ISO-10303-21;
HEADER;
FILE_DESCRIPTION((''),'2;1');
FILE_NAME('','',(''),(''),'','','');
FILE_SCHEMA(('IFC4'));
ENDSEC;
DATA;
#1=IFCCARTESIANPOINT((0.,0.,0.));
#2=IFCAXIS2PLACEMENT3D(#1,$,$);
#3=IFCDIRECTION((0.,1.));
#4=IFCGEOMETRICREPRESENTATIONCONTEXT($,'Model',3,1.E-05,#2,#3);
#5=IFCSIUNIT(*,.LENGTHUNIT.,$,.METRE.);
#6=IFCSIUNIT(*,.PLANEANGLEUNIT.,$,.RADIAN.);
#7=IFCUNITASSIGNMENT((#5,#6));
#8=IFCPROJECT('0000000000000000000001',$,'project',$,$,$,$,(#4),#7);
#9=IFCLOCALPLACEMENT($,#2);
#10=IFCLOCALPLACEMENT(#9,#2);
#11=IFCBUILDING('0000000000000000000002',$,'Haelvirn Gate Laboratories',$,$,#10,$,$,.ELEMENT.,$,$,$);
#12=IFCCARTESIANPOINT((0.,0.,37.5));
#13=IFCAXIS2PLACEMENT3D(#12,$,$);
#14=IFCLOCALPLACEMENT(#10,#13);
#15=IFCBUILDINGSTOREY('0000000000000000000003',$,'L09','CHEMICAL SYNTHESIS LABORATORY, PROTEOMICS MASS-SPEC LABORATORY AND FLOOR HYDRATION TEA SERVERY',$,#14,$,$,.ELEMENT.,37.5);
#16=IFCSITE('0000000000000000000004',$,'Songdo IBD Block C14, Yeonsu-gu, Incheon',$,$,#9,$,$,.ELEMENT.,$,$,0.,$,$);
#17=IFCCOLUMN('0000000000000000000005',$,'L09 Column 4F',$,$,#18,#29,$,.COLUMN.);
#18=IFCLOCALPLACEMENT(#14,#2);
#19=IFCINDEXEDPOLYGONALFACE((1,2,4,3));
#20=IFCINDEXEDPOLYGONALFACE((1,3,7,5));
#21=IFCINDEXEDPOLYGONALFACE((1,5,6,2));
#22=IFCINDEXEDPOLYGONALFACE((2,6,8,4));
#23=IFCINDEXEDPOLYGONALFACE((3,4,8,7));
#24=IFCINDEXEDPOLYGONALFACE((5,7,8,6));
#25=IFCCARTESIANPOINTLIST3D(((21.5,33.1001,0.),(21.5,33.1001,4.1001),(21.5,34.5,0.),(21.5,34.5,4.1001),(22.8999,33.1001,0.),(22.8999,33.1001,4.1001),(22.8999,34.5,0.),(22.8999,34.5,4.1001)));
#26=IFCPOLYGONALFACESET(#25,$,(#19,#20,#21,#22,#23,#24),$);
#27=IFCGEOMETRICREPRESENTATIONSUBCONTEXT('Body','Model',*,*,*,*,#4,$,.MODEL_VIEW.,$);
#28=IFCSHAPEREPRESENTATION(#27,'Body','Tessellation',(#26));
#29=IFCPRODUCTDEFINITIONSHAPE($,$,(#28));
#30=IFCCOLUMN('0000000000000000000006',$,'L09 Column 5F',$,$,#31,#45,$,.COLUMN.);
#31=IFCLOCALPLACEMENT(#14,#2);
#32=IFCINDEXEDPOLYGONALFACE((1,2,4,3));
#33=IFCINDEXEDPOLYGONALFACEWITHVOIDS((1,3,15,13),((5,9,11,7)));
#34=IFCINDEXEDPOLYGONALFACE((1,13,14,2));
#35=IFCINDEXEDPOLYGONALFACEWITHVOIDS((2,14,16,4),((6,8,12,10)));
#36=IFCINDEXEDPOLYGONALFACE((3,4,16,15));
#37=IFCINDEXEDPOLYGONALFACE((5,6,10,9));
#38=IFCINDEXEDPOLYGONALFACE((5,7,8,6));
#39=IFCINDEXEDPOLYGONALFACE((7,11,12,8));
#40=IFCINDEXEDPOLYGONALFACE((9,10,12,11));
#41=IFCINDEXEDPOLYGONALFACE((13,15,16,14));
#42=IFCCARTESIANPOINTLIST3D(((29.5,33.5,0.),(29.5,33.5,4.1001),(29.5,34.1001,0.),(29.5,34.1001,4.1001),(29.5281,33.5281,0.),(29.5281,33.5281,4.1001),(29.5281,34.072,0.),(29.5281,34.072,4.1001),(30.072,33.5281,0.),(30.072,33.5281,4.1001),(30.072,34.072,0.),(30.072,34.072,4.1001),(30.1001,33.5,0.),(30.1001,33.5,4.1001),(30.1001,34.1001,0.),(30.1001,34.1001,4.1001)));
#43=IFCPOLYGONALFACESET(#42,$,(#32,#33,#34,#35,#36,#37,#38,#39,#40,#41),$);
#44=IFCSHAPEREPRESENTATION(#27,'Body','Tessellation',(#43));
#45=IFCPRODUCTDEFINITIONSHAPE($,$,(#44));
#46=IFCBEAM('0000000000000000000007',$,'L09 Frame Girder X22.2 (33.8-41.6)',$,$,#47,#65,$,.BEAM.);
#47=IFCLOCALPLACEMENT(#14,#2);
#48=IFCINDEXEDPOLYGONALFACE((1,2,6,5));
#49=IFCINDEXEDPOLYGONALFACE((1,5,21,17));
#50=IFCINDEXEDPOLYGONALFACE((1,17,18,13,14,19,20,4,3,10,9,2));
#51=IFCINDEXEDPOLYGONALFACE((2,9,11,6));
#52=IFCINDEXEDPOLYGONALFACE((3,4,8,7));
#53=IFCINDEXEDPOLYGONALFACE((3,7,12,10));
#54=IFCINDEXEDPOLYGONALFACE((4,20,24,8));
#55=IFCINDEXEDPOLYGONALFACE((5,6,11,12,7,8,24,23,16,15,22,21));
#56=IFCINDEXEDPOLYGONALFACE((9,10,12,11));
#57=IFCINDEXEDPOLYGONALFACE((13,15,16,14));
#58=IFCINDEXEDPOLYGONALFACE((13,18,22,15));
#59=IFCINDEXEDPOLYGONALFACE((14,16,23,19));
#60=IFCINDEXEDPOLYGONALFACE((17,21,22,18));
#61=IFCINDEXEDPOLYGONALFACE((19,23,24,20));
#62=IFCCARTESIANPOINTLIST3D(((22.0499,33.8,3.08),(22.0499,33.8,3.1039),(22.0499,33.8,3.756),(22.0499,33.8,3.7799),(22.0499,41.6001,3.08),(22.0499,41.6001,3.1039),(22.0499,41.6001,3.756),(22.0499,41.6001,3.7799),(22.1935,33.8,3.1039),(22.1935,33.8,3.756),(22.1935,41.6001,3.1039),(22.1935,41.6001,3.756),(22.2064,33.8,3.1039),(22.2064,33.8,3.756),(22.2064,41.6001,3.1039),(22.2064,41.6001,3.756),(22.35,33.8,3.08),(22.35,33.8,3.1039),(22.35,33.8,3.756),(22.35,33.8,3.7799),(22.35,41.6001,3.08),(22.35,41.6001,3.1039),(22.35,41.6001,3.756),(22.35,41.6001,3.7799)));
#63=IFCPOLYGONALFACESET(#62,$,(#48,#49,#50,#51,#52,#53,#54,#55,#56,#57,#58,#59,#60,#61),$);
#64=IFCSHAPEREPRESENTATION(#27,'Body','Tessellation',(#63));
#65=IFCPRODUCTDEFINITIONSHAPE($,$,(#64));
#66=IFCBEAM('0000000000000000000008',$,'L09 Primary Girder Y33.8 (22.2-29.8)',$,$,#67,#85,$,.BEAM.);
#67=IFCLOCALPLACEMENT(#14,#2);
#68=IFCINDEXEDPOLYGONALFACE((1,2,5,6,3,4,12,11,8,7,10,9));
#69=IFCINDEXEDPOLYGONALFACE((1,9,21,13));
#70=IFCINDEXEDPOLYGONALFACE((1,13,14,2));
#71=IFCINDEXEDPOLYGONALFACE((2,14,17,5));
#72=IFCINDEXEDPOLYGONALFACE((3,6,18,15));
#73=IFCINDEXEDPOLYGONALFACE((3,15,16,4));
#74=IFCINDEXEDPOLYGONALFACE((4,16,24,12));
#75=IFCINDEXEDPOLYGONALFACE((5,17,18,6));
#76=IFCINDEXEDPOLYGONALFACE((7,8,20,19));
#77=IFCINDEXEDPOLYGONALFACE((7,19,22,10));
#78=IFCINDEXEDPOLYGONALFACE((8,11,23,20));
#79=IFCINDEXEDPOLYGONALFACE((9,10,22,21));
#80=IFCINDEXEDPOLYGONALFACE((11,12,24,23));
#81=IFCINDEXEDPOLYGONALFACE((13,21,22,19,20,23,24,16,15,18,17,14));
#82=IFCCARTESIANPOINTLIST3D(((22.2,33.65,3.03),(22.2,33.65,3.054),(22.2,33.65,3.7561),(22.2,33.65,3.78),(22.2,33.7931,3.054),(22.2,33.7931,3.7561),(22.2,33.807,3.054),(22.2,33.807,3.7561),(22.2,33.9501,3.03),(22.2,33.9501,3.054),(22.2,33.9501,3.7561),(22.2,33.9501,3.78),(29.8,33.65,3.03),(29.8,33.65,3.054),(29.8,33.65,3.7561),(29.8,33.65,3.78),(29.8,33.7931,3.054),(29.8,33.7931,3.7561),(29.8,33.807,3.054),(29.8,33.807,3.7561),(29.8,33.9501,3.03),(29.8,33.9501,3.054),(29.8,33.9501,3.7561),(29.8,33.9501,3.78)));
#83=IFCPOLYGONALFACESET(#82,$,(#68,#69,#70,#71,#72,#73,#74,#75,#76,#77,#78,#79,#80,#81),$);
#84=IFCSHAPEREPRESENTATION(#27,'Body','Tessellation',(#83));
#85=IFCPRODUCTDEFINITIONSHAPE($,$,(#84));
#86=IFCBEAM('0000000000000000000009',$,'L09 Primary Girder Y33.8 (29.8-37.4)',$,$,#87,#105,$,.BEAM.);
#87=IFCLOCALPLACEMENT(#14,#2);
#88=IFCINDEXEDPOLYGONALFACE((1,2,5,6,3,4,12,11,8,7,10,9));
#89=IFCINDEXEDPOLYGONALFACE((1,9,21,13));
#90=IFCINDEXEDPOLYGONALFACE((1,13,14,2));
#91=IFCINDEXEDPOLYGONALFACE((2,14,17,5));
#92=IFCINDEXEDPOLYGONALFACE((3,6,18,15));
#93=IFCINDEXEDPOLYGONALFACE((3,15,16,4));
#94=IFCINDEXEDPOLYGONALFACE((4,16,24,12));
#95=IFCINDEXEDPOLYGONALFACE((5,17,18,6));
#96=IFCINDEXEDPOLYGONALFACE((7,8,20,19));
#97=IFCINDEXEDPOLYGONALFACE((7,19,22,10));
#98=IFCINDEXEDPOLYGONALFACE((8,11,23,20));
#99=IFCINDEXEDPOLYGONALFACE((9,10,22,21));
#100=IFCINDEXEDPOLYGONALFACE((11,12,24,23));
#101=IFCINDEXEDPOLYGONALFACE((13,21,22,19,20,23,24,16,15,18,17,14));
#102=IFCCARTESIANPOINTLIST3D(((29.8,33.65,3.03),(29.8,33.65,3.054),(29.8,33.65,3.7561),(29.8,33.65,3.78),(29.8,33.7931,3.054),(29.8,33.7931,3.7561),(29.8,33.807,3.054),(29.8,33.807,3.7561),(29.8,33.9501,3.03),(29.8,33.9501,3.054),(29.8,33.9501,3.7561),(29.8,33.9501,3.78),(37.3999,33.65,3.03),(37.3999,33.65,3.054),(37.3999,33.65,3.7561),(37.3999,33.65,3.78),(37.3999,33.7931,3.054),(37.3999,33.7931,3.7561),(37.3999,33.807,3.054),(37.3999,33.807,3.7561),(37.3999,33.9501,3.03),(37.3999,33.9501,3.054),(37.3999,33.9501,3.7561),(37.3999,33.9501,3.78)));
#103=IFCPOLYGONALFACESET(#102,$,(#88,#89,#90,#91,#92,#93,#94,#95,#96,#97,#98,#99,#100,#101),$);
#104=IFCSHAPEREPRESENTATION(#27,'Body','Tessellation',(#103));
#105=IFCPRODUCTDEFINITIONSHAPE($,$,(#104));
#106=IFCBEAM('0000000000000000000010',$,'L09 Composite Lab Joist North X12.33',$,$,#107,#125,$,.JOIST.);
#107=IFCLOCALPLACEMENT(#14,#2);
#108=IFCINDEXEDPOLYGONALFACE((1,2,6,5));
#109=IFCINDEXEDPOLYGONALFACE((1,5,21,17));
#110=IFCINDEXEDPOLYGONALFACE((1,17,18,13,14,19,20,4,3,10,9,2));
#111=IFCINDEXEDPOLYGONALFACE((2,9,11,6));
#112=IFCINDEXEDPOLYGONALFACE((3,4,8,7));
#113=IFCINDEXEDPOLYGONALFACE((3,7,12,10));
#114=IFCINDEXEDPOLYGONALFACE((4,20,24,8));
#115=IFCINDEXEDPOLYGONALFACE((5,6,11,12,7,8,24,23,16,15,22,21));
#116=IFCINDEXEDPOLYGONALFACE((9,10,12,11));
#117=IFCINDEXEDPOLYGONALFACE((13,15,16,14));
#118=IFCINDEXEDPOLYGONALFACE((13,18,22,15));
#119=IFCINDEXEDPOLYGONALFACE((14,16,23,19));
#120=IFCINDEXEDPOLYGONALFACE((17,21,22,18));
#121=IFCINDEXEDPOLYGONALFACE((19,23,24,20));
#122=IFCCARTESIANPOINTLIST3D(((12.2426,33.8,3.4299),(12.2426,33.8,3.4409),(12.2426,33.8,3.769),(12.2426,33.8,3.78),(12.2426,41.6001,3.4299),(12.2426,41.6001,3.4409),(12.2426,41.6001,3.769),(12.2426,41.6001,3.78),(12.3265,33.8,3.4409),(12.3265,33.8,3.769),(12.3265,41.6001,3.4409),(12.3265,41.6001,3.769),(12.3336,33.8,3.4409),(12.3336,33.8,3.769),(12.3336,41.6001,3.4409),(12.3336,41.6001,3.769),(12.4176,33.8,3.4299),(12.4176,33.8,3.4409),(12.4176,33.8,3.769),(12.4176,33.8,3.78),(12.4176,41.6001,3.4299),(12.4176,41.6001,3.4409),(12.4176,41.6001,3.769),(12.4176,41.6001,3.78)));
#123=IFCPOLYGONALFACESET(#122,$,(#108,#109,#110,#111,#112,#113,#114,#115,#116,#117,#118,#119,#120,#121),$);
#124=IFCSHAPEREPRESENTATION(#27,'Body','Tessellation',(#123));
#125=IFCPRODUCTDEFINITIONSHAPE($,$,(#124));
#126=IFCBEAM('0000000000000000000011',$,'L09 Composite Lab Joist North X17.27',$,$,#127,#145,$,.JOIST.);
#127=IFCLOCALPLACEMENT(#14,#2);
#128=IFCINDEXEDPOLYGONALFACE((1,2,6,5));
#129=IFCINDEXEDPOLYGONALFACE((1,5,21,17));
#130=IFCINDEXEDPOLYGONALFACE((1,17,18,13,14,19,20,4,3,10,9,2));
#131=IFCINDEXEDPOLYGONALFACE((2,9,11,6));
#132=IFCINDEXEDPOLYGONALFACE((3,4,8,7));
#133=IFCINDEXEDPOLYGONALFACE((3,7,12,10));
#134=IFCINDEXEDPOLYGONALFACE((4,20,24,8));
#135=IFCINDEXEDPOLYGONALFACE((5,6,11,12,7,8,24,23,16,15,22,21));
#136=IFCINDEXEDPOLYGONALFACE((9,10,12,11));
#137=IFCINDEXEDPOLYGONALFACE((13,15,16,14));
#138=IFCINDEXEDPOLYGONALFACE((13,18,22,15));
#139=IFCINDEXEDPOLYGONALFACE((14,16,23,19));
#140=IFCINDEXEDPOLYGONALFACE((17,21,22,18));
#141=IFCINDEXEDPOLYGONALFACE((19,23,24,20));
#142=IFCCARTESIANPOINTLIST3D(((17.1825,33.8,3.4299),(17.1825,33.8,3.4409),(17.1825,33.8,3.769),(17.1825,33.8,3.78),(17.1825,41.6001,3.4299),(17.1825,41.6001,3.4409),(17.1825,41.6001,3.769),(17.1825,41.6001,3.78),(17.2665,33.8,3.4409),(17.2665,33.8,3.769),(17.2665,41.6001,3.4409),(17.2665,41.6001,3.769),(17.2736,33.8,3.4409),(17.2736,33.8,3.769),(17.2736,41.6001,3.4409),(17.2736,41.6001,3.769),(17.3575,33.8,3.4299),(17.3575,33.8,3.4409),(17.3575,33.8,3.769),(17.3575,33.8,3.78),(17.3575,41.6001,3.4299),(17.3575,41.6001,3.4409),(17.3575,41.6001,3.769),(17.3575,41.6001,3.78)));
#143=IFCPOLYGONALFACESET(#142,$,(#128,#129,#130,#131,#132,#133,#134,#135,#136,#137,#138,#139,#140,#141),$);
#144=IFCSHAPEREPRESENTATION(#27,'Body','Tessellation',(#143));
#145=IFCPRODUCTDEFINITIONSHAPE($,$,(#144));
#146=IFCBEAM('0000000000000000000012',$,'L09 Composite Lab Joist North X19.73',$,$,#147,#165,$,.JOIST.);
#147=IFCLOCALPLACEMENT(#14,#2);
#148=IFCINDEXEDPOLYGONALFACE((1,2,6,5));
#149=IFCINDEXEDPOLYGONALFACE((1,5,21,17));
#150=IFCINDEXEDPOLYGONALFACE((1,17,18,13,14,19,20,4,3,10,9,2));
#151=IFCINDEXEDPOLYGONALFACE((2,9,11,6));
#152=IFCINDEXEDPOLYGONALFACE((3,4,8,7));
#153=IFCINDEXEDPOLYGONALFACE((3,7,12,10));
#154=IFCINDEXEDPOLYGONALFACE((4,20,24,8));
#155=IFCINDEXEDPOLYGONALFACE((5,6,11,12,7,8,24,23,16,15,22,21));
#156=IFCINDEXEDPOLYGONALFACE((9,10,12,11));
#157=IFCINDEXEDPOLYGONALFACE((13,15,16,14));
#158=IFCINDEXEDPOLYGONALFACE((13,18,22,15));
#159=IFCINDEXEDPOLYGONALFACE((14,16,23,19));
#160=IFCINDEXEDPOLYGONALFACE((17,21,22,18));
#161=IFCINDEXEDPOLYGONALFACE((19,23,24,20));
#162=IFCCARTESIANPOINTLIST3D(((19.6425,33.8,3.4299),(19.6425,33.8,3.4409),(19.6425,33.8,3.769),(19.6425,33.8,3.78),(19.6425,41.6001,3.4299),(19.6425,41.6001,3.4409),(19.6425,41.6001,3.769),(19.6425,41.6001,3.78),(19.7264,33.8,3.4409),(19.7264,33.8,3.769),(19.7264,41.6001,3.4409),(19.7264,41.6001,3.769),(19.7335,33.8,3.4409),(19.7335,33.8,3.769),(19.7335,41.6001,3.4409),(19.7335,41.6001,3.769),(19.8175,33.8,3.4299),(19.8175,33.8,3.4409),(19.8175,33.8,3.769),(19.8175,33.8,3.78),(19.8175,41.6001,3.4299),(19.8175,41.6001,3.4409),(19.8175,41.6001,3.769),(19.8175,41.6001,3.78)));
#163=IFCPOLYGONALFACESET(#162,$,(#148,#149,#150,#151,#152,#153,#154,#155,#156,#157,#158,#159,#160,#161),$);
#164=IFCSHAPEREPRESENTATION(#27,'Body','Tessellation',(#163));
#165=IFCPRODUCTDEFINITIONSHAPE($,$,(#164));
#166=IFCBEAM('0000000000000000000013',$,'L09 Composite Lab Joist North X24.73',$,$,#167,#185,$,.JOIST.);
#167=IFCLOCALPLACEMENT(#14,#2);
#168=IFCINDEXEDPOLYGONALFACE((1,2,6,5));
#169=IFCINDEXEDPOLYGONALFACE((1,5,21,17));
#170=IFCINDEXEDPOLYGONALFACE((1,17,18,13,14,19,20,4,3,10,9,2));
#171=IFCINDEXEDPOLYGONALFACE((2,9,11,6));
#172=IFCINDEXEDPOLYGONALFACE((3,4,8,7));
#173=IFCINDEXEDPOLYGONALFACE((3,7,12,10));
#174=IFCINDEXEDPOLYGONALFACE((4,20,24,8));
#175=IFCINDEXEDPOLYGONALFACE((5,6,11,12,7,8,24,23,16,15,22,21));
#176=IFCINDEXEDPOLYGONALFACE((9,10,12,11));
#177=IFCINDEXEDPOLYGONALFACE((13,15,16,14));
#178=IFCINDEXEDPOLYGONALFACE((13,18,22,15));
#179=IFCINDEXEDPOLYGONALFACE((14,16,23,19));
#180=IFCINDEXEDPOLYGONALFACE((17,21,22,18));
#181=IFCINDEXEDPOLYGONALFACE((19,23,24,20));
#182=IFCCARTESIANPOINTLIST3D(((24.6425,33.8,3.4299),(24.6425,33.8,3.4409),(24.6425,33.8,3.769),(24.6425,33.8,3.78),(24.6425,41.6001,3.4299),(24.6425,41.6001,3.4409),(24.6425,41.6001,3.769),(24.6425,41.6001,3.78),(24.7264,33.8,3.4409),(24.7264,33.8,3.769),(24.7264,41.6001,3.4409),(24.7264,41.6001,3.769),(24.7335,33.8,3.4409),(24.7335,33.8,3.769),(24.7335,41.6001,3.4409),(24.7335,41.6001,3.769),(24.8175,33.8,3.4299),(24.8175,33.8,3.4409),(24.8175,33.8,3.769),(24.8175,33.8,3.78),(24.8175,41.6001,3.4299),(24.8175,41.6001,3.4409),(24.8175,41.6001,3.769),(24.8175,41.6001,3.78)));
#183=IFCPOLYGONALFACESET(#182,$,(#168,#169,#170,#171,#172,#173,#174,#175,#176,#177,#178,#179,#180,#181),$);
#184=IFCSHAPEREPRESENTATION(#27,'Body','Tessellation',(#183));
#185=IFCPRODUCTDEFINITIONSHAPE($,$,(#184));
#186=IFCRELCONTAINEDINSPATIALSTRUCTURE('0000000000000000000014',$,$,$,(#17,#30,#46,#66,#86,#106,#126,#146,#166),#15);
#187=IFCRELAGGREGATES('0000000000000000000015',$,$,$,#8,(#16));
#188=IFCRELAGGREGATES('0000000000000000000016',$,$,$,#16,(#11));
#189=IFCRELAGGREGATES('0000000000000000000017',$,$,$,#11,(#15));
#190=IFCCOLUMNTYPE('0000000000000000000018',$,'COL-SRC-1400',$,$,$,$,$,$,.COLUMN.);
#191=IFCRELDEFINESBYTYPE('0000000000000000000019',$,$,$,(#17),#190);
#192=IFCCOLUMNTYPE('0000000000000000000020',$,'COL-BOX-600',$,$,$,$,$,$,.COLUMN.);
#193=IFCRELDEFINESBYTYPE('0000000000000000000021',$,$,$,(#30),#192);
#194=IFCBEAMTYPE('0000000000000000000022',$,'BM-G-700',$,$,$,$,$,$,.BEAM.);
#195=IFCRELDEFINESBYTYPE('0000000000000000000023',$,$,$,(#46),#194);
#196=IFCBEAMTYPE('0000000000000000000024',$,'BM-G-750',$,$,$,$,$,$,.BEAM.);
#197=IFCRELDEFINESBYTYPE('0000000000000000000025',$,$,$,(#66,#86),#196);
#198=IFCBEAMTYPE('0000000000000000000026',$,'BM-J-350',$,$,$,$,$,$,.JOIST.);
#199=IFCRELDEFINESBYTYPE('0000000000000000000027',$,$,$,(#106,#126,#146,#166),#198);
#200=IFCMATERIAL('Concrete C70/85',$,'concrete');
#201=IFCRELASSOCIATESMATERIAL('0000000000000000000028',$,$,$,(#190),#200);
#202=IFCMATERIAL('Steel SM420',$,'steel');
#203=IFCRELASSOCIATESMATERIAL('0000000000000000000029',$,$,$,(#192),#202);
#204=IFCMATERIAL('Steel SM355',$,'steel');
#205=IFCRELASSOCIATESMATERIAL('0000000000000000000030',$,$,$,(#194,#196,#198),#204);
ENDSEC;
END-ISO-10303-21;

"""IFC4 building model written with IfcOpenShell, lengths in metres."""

from ifc_helpers import new_model, si_unit, direction, frame, origin, origin_2d, place, context, subcontext, project, spatial, rectangle, hollow_rectangle, i_section, extrude, source, transform, mapped, material, material_profile, profile_set, type_object, type_shapes, element, save


model = new_model("IFC4")

# Units and contexts
model_context = context("Model", 3, precision=1e-05, world=origin(), true_north=direction((0.0, 1.0)))
body_context = subcontext(model_context, "Body", "Model", "MODEL_VIEW")
ifc_project = project(units=[si_unit("LENGTHUNIT", "METRE"), si_unit("PLANEANGLEUNIT", "RADIAN")], contexts=[model_context])

# Site, building, storey
site_placement = place(None, origin())
site = spatial("IfcSite", under=ifc_project, at=site_placement, Name="Songdo IBD Block C14, Yeonsu-gu, Incheon", CompositionType="ELEMENT", RefElevation=0.0)
building_placement = place(site_placement, origin())
building = spatial("IfcBuilding", under=site, at=building_placement, Name="Haelvirn Gate Laboratories", CompositionType="ELEMENT")
storey_placement = place(building_placement, frame((0.0, 0.0, 37.5)))
storey = spatial("IfcBuildingStorey", under=building, at=storey_placement, Name="L09", Description="CHEMICAL SYNTHESIS LABORATORY, PROTEOMICS MASS-SPEC LABORATORY AND FLOOR HYDRATION TEA SERVERY", CompositionType="ELEMENT", Elevation=37.5)

# Columns
ifc_material_1 = material(Name="Concrete C70/85", Category="concrete")
ifc_material_profile_1 = material_profile(ifc_material_1, rectangle(XDim=1.3999, YDim=1.3999, at=origin_2d()), Name="SRC-1400x1400")
ifc_profile_set_1 = profile_set([ifc_material_profile_1], Name="Concrete C70/85")
column_type_1 = type_object("IfcColumnType", Name="COL-SRC-1400", PredefinedType="COLUMN", material=ifc_profile_set_1)
shared_shape_1 = source(origin(), body_context, "Body", "SweptSolid", [
    extrude(rectangle(XDim=1.3999, YDim=1.3999, at=origin_2d()), origin(), (0.0, 0.0, 1.0), 4.1001),
])
type_shapes(column_type_1, [shared_shape_1])
column_1_placement = place(storey_placement, frame((22.2, 33.8, 0.0), z_axis=(0.0, 0.0, 1.0), x_axis=(1.0, 0.0, 0.0)))
element("IfcColumn", 1, at=column_1_placement, inside=storey, type_object=column_type_1, Name="L09 Column 4F", PredefinedType="COLUMN", context=body_context, shape_type="MappedRepresentation", body=[
    mapped(shared_shape_1, transform((0.0, 0.0, 0.0), scale=1.0)),
])
ifc_material_2 = material(Name="Steel SM420", Category="steel")
ifc_material_profile_2 = material_profile(ifc_material_2, hollow_rectangle(XDim=0.6001, YDim=0.6001, WallThickness=0.0281, at=origin_2d()), Name="BOX-600x600x28")
ifc_profile_set_2 = profile_set([ifc_material_profile_2], Name="Steel SM420")
column_type_2 = type_object("IfcColumnType", Name="COL-BOX-600", PredefinedType="COLUMN", material=ifc_profile_set_2)
shared_shape_2 = source(origin(), body_context, "Body", "SweptSolid", [
    extrude(hollow_rectangle(XDim=0.6001, YDim=0.6001, WallThickness=0.0281, at=origin_2d()), origin(), (0.0, 0.0, 1.0), 4.1001),
])
type_shapes(column_type_2, [shared_shape_2])
column_2_placement = place(storey_placement, frame((29.8, 33.8, 0.0), z_axis=(0.0, 0.0, 1.0), x_axis=(1.0, 0.0, 0.0)))
element("IfcColumn", 2, at=column_2_placement, inside=storey, type_object=column_type_2, Name="L09 Column 5F", PredefinedType="COLUMN", context=body_context, shape_type="MappedRepresentation", body=[
    mapped(shared_shape_2, transform((0.0, 0.0, 0.0), scale=1.0)),
])

# Beams
ifc_material_3 = material(Name="Steel SM355", Category="steel")
ifc_material_profile_3 = material_profile(ifc_material_3, i_section(OverallWidth=0.3, OverallDepth=0.7, WebThickness=0.0129, FlangeThickness=0.0239, at=origin_2d()), Name="H-700x300x13x24")
ifc_profile_set_3 = profile_set([ifc_material_profile_3], Name="Steel SM355")
beam_type_1 = type_object("IfcBeamType", Name="BM-G-700", PredefinedType="BEAM", material=ifc_profile_set_3)
shared_shape_3 = source(origin(), body_context, "Body", "SweptSolid", [
    extrude(i_section(OverallWidth=0.3, OverallDepth=0.7, WebThickness=0.0129, FlangeThickness=0.0239, at=origin_2d()), origin(), (0.0, 0.0, 1.0), 7.8),
])
type_shapes(beam_type_1, [shared_shape_3])
beam_1_placement = place(storey_placement, frame((22.2, 33.8, 3.4299), z_axis=(0.0, 1.0, 0.0), x_axis=(-1.0, 0.0, 0.0)))
element("IfcBeam", 3, at=beam_1_placement, inside=storey, type_object=beam_type_1, Name="L09 Frame Girder X22.2 (33.8-41.6)", PredefinedType="BEAM", context=body_context, shape_type="MappedRepresentation", body=[
    mapped(shared_shape_3, transform((0.0, 0.0, 0.0), scale=1.0)),
])
ifc_material_profile_4 = material_profile(ifc_material_3, i_section(OverallWidth=0.3, OverallDepth=0.75, WebThickness=0.0139, FlangeThickness=0.0239, at=origin_2d()), Name="H-750x300x14x24")
ifc_profile_set_4 = profile_set([ifc_material_profile_4], Name="Steel SM355")
beam_type_2 = type_object("IfcBeamType", Name="BM-G-750", PredefinedType="BEAM", material=ifc_profile_set_4)
shared_shape_4 = source(origin(), body_context, "Body", "SweptSolid", [
    extrude(i_section(OverallWidth=0.3, OverallDepth=0.75, WebThickness=0.0139, FlangeThickness=0.0239, at=origin_2d()), origin(), (0.0, 0.0, 1.0), 7.6001),
])
beam_2_placement = place(storey_placement, frame((22.2, 33.8, 3.405), z_axis=(1.0, 0.0, 0.0), x_axis=(0.0, 1.0, 0.0)))
element("IfcBeam", 4, at=beam_2_placement, inside=storey, type_object=beam_type_2, Name="L09 Primary Girder Y33.8 (22.2-29.8)", PredefinedType="BEAM", context=body_context, shape_type="MappedRepresentation", body=[
    mapped(shared_shape_4, transform((0.0, 0.0, 0.0), scale=1.0)),
])
shared_shape_5 = source(origin(), body_context, "Body", "SweptSolid", [
    extrude(i_section(OverallWidth=0.3, OverallDepth=0.75, WebThickness=0.0139, FlangeThickness=0.0239, at=origin_2d()), origin(), (0.0, 0.0, 1.0), 7.5999),
])
type_shapes(beam_type_2, [shared_shape_4, shared_shape_5])
beam_3_placement = place(storey_placement, frame((29.8, 33.8, 3.405), z_axis=(1.0, 0.0, 0.0), x_axis=(0.0, 1.0, 0.0)))
element("IfcBeam", 5, at=beam_3_placement, inside=storey, type_object=beam_type_2, Name="L09 Primary Girder Y33.8 (29.8-37.4)", PredefinedType="BEAM", context=body_context, shape_type="MappedRepresentation", body=[
    mapped(shared_shape_5, transform((0.0, 0.0, 0.0), scale=1.0)),
])
ifc_material_profile_5 = material_profile(ifc_material_3, i_section(OverallWidth=0.175, OverallDepth=0.3501, WebThickness=0.0071, FlangeThickness=0.011, at=origin_2d()), Name="H-350x175x7x11")
ifc_profile_set_5 = profile_set([ifc_material_profile_5], Name="Steel SM355")
beam_type_3 = type_object("IfcBeamType", Name="BM-J-350", PredefinedType="JOIST", material=ifc_profile_set_5)
shared_shape_6 = source(origin(), body_context, "Body", "SweptSolid", [
    extrude(i_section(OverallWidth=0.175, OverallDepth=0.3501, WebThickness=0.0071, FlangeThickness=0.011, at=origin_2d()), origin(), (0.0, 0.0, 1.0), 7.8),
])
type_shapes(beam_type_3, [shared_shape_6])
for number, where, z_axis, x_axis, name in (
    (6, (12.3301, 33.8, 3.605), (0.0, 1.0, 0.0), (-1.0, 0.0, 0.0), "L09 Composite Lab Joist North X12.33"),
    (7, (17.27, 33.8, 3.605), (0.0, 1.0, 0.0), (-1.0, 0.0, 0.0), "L09 Composite Lab Joist North X17.27"),
    (8, (19.73, 33.8, 3.605), (0.0, 1.0, 0.0), (-1.0, 0.0, 0.0), "L09 Composite Lab Joist North X19.73"),
    (9, (24.73, 33.8, 3.605), (0.0, 1.0, 0.0), (-1.0, 0.0, 0.0), "L09 Composite Lab Joist North X24.73"),
):
    element("IfcBeam", number, at=place(storey_placement, frame(where, z_axis=z_axis, x_axis=x_axis)), inside=storey, type_object=beam_type_3, Name=name, PredefinedType="JOIST", context=body_context, shape_type="MappedRepresentation", body=[
        mapped(shared_shape_6, transform((0.0, 0.0, 0.0), scale=1.0)),
    ])

save(model, "model.ifc")
